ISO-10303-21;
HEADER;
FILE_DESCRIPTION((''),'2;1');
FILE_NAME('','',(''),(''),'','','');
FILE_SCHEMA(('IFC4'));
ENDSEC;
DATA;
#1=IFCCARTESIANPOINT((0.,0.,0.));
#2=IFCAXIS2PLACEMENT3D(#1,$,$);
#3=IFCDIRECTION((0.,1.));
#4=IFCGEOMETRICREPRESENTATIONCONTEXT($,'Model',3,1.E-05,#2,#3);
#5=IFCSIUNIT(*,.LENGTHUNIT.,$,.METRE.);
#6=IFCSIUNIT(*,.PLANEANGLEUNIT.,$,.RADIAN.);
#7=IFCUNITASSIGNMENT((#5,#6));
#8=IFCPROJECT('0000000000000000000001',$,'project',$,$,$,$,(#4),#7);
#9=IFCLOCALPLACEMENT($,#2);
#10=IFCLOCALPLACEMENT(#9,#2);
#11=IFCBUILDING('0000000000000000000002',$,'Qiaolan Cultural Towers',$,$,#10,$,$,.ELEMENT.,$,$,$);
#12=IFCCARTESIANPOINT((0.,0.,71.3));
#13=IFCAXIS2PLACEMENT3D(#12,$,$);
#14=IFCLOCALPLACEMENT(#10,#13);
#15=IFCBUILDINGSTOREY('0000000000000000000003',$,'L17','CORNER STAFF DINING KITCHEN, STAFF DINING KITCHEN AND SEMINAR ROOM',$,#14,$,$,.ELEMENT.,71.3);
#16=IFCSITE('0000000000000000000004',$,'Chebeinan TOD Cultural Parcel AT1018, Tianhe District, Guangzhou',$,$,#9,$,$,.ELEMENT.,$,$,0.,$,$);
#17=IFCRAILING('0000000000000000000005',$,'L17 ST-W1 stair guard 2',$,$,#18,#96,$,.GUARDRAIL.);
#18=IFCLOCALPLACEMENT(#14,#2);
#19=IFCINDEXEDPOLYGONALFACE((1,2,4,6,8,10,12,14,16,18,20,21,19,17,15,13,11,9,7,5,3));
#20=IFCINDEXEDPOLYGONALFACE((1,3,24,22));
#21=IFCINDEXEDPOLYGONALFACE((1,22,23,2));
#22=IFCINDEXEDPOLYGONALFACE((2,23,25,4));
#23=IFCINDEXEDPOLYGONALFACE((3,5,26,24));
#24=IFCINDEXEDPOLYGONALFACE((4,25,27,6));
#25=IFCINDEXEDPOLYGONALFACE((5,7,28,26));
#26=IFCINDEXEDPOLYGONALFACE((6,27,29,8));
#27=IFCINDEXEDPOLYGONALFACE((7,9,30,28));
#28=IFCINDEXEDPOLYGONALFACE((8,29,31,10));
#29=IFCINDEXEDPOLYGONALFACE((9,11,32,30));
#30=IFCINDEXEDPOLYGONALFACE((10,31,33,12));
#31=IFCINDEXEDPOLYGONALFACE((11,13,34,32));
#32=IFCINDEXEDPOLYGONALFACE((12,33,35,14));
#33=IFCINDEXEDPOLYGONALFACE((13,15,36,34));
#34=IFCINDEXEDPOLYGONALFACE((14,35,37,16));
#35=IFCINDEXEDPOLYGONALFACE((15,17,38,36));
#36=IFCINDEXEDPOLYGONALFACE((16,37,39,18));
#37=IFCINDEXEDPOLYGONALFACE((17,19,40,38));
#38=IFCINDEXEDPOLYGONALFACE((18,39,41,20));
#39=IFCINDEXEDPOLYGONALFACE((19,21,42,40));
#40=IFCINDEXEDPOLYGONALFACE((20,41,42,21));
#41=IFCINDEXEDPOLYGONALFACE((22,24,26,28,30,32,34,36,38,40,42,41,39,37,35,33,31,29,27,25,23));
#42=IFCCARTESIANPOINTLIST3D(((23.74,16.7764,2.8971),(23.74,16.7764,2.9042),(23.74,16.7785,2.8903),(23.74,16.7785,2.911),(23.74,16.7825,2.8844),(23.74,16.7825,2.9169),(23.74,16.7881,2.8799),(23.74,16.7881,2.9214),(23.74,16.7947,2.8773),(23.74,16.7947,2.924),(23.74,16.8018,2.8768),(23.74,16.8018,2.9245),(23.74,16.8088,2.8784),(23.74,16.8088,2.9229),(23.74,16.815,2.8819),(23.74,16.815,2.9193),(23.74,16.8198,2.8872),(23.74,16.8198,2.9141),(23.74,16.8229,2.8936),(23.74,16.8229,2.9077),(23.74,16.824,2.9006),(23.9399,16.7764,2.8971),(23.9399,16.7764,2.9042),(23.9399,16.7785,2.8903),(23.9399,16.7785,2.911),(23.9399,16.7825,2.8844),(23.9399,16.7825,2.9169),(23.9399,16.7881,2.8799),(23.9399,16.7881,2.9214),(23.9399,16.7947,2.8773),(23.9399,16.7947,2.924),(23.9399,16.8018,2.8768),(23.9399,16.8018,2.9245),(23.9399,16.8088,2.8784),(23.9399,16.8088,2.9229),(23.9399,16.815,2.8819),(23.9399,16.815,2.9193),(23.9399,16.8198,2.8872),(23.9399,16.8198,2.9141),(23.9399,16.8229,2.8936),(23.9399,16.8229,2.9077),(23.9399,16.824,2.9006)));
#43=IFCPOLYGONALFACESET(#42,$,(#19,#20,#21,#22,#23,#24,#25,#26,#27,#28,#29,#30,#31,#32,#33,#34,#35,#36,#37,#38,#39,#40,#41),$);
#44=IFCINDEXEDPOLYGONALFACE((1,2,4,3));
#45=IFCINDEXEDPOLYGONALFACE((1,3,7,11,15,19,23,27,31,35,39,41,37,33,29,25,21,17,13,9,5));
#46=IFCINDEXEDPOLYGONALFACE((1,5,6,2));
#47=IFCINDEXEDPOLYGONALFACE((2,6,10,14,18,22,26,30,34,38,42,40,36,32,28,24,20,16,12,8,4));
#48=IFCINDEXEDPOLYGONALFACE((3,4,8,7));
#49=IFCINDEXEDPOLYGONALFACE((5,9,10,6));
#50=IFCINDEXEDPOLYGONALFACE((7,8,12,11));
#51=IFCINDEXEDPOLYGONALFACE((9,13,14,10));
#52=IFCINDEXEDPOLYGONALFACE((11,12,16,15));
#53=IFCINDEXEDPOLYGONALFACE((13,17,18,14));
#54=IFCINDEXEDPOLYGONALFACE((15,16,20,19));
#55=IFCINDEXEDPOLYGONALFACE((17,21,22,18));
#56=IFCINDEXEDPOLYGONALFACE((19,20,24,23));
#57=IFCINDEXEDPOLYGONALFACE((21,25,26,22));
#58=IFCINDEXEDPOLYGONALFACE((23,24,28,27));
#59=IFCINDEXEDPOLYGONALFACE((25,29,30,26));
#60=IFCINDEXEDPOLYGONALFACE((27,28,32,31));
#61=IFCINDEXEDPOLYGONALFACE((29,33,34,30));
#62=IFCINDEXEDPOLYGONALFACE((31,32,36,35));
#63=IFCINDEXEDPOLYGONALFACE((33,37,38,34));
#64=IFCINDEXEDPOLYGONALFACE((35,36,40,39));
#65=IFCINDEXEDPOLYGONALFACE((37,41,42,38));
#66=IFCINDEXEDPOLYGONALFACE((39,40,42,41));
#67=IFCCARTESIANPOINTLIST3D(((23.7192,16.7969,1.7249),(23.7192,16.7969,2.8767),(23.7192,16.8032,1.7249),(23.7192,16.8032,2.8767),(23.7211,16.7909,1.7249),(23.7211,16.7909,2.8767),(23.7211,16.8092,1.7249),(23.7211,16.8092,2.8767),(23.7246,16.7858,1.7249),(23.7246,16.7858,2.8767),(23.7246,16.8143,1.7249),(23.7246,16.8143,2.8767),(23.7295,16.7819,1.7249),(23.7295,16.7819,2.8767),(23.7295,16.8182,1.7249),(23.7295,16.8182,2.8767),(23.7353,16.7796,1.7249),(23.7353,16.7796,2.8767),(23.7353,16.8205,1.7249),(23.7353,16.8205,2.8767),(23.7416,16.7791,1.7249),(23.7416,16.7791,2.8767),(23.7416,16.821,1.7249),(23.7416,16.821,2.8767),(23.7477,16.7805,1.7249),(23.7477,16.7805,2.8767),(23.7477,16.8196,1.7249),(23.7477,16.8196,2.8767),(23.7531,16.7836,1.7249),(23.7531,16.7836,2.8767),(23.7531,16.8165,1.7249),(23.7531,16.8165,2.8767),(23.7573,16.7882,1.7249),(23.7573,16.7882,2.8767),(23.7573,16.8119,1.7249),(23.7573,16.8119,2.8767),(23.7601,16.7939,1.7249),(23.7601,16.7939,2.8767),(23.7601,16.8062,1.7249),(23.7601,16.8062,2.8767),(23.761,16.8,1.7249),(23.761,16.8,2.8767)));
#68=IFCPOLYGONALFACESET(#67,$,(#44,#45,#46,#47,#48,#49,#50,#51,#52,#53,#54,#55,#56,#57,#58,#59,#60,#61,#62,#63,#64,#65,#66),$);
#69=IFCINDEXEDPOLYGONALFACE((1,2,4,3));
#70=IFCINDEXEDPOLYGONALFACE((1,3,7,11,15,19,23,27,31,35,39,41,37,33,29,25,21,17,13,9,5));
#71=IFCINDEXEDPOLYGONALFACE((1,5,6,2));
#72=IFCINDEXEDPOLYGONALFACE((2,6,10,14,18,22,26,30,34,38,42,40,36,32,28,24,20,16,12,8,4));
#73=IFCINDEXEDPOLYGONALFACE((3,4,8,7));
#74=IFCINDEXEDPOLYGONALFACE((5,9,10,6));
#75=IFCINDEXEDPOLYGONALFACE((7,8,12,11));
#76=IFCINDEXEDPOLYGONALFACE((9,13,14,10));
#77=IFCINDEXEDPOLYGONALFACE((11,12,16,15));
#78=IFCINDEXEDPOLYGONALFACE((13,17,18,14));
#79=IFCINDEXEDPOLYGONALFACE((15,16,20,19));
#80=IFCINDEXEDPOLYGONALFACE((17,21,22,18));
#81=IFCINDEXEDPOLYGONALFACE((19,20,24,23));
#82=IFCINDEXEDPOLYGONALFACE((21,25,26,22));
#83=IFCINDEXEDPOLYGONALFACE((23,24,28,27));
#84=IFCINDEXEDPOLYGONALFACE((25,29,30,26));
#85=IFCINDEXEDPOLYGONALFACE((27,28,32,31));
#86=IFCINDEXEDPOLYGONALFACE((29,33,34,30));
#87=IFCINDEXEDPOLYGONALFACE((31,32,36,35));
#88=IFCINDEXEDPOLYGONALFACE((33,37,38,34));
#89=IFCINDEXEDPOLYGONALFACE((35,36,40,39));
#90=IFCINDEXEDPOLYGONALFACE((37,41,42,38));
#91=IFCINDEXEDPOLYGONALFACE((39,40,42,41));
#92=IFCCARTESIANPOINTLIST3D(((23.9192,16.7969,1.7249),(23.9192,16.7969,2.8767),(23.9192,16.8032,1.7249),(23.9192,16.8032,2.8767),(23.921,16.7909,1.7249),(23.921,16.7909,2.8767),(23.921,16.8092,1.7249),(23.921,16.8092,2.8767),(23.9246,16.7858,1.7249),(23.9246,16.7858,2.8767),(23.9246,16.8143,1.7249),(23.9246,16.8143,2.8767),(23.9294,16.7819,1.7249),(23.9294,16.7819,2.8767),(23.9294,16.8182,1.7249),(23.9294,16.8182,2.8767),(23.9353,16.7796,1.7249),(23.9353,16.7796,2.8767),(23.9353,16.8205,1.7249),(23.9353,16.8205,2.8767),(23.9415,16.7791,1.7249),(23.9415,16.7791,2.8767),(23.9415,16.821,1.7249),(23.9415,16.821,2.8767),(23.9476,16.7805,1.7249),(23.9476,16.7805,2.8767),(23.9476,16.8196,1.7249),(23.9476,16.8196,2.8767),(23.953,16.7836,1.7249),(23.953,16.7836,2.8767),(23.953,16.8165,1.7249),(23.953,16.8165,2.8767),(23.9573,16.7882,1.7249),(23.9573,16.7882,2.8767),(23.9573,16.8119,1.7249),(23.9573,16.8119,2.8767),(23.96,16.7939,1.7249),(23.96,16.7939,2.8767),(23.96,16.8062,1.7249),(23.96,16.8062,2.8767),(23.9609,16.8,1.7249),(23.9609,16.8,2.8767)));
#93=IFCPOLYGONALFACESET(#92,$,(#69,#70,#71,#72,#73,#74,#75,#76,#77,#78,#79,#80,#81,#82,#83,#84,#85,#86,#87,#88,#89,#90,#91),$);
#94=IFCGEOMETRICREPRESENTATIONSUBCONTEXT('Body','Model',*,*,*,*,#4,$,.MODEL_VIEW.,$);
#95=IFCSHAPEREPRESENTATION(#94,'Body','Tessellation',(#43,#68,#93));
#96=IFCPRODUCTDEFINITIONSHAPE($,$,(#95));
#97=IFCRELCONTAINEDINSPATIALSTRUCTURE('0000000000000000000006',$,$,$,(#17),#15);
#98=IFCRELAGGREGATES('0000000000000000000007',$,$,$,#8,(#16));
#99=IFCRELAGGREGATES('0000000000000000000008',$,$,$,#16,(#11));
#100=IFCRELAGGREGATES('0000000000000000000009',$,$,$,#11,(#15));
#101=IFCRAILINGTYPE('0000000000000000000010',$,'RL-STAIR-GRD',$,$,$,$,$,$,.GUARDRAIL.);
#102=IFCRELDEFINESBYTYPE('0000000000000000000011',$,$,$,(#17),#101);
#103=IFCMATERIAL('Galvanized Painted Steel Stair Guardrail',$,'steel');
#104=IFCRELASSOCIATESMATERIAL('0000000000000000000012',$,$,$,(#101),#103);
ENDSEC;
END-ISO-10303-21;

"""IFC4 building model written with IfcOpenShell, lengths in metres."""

from ifc_helpers import new_model, si_unit, direction, frame, origin, origin_2d, place, context, subcontext, project, spatial, circle, extrude, material, type_object, element, save


model = new_model("IFC4")

# Units and contexts
model_context = context("Model", 3, precision=1e-05, world=origin(), true_north=direction((0.0, 1.0)))
body_context = subcontext(model_context, "Body", "Model", "MODEL_VIEW")
ifc_project = project(units=[si_unit("LENGTHUNIT", "METRE"), si_unit("PLANEANGLEUNIT", "RADIAN")], contexts=[model_context])

# Site, building, storey
site_placement = place(None, origin())
site = spatial("IfcSite", under=ifc_project, at=site_placement, Name="Chebeinan TOD Cultural Parcel AT1018, Tianhe District, Guangzhou", CompositionType="ELEMENT", RefElevation=0.0)
building_placement = place(site_placement, origin())
building = spatial("IfcBuilding", under=site, at=building_placement, Name="Qiaolan Cultural Towers", CompositionType="ELEMENT")
storey_placement = place(building_placement, frame((0.0, 0.0, 71.3)))
storey = spatial("IfcBuildingStorey", under=building, at=storey_placement, Name="L17", Description="CORNER STAFF DINING KITCHEN, STAFF DINING KITCHEN AND SEMINAR ROOM", CompositionType="ELEMENT", Elevation=71.3)

# Railing
ifc_material_1 = material(Name="Galvanized Painted Steel Stair Guardrail", Category="steel")
railing_type = type_object("IfcRailingType", Name="RL-STAIR-GRD", PredefinedType="GUARDRAIL", material=ifc_material_1)
railing_placement = place(storey_placement, frame((23.74, 16.8, 1.7249)))
element("IfcRailing", 1, at=railing_placement, inside=storey, type_object=railing_type, Name="L17 ST-W1 stair guard 2", PredefinedType="GUARDRAIL", context=body_context, shape_type="SweptSolid", body=[
    extrude(circle(Radius=0.0239, at=origin_2d()), frame((0.0, 0.0, 1.1758), z_axis=(1.0, 0.0, 0.0), x_axis=(0.0, 1.0, 0.0)), (0.0, 0.0, 1.0), 0.2),
    extrude(circle(Radius=0.021, at=origin_2d()), origin(), (0.0, 0.0, 1.0), 1.1519),
    extrude(circle(Radius=0.021, at=origin_2d()), frame((0.2, 0.0, 0.0)), (0.0, 0.0, 1.0), 1.1519),
])

save(model, "model.ifc")
